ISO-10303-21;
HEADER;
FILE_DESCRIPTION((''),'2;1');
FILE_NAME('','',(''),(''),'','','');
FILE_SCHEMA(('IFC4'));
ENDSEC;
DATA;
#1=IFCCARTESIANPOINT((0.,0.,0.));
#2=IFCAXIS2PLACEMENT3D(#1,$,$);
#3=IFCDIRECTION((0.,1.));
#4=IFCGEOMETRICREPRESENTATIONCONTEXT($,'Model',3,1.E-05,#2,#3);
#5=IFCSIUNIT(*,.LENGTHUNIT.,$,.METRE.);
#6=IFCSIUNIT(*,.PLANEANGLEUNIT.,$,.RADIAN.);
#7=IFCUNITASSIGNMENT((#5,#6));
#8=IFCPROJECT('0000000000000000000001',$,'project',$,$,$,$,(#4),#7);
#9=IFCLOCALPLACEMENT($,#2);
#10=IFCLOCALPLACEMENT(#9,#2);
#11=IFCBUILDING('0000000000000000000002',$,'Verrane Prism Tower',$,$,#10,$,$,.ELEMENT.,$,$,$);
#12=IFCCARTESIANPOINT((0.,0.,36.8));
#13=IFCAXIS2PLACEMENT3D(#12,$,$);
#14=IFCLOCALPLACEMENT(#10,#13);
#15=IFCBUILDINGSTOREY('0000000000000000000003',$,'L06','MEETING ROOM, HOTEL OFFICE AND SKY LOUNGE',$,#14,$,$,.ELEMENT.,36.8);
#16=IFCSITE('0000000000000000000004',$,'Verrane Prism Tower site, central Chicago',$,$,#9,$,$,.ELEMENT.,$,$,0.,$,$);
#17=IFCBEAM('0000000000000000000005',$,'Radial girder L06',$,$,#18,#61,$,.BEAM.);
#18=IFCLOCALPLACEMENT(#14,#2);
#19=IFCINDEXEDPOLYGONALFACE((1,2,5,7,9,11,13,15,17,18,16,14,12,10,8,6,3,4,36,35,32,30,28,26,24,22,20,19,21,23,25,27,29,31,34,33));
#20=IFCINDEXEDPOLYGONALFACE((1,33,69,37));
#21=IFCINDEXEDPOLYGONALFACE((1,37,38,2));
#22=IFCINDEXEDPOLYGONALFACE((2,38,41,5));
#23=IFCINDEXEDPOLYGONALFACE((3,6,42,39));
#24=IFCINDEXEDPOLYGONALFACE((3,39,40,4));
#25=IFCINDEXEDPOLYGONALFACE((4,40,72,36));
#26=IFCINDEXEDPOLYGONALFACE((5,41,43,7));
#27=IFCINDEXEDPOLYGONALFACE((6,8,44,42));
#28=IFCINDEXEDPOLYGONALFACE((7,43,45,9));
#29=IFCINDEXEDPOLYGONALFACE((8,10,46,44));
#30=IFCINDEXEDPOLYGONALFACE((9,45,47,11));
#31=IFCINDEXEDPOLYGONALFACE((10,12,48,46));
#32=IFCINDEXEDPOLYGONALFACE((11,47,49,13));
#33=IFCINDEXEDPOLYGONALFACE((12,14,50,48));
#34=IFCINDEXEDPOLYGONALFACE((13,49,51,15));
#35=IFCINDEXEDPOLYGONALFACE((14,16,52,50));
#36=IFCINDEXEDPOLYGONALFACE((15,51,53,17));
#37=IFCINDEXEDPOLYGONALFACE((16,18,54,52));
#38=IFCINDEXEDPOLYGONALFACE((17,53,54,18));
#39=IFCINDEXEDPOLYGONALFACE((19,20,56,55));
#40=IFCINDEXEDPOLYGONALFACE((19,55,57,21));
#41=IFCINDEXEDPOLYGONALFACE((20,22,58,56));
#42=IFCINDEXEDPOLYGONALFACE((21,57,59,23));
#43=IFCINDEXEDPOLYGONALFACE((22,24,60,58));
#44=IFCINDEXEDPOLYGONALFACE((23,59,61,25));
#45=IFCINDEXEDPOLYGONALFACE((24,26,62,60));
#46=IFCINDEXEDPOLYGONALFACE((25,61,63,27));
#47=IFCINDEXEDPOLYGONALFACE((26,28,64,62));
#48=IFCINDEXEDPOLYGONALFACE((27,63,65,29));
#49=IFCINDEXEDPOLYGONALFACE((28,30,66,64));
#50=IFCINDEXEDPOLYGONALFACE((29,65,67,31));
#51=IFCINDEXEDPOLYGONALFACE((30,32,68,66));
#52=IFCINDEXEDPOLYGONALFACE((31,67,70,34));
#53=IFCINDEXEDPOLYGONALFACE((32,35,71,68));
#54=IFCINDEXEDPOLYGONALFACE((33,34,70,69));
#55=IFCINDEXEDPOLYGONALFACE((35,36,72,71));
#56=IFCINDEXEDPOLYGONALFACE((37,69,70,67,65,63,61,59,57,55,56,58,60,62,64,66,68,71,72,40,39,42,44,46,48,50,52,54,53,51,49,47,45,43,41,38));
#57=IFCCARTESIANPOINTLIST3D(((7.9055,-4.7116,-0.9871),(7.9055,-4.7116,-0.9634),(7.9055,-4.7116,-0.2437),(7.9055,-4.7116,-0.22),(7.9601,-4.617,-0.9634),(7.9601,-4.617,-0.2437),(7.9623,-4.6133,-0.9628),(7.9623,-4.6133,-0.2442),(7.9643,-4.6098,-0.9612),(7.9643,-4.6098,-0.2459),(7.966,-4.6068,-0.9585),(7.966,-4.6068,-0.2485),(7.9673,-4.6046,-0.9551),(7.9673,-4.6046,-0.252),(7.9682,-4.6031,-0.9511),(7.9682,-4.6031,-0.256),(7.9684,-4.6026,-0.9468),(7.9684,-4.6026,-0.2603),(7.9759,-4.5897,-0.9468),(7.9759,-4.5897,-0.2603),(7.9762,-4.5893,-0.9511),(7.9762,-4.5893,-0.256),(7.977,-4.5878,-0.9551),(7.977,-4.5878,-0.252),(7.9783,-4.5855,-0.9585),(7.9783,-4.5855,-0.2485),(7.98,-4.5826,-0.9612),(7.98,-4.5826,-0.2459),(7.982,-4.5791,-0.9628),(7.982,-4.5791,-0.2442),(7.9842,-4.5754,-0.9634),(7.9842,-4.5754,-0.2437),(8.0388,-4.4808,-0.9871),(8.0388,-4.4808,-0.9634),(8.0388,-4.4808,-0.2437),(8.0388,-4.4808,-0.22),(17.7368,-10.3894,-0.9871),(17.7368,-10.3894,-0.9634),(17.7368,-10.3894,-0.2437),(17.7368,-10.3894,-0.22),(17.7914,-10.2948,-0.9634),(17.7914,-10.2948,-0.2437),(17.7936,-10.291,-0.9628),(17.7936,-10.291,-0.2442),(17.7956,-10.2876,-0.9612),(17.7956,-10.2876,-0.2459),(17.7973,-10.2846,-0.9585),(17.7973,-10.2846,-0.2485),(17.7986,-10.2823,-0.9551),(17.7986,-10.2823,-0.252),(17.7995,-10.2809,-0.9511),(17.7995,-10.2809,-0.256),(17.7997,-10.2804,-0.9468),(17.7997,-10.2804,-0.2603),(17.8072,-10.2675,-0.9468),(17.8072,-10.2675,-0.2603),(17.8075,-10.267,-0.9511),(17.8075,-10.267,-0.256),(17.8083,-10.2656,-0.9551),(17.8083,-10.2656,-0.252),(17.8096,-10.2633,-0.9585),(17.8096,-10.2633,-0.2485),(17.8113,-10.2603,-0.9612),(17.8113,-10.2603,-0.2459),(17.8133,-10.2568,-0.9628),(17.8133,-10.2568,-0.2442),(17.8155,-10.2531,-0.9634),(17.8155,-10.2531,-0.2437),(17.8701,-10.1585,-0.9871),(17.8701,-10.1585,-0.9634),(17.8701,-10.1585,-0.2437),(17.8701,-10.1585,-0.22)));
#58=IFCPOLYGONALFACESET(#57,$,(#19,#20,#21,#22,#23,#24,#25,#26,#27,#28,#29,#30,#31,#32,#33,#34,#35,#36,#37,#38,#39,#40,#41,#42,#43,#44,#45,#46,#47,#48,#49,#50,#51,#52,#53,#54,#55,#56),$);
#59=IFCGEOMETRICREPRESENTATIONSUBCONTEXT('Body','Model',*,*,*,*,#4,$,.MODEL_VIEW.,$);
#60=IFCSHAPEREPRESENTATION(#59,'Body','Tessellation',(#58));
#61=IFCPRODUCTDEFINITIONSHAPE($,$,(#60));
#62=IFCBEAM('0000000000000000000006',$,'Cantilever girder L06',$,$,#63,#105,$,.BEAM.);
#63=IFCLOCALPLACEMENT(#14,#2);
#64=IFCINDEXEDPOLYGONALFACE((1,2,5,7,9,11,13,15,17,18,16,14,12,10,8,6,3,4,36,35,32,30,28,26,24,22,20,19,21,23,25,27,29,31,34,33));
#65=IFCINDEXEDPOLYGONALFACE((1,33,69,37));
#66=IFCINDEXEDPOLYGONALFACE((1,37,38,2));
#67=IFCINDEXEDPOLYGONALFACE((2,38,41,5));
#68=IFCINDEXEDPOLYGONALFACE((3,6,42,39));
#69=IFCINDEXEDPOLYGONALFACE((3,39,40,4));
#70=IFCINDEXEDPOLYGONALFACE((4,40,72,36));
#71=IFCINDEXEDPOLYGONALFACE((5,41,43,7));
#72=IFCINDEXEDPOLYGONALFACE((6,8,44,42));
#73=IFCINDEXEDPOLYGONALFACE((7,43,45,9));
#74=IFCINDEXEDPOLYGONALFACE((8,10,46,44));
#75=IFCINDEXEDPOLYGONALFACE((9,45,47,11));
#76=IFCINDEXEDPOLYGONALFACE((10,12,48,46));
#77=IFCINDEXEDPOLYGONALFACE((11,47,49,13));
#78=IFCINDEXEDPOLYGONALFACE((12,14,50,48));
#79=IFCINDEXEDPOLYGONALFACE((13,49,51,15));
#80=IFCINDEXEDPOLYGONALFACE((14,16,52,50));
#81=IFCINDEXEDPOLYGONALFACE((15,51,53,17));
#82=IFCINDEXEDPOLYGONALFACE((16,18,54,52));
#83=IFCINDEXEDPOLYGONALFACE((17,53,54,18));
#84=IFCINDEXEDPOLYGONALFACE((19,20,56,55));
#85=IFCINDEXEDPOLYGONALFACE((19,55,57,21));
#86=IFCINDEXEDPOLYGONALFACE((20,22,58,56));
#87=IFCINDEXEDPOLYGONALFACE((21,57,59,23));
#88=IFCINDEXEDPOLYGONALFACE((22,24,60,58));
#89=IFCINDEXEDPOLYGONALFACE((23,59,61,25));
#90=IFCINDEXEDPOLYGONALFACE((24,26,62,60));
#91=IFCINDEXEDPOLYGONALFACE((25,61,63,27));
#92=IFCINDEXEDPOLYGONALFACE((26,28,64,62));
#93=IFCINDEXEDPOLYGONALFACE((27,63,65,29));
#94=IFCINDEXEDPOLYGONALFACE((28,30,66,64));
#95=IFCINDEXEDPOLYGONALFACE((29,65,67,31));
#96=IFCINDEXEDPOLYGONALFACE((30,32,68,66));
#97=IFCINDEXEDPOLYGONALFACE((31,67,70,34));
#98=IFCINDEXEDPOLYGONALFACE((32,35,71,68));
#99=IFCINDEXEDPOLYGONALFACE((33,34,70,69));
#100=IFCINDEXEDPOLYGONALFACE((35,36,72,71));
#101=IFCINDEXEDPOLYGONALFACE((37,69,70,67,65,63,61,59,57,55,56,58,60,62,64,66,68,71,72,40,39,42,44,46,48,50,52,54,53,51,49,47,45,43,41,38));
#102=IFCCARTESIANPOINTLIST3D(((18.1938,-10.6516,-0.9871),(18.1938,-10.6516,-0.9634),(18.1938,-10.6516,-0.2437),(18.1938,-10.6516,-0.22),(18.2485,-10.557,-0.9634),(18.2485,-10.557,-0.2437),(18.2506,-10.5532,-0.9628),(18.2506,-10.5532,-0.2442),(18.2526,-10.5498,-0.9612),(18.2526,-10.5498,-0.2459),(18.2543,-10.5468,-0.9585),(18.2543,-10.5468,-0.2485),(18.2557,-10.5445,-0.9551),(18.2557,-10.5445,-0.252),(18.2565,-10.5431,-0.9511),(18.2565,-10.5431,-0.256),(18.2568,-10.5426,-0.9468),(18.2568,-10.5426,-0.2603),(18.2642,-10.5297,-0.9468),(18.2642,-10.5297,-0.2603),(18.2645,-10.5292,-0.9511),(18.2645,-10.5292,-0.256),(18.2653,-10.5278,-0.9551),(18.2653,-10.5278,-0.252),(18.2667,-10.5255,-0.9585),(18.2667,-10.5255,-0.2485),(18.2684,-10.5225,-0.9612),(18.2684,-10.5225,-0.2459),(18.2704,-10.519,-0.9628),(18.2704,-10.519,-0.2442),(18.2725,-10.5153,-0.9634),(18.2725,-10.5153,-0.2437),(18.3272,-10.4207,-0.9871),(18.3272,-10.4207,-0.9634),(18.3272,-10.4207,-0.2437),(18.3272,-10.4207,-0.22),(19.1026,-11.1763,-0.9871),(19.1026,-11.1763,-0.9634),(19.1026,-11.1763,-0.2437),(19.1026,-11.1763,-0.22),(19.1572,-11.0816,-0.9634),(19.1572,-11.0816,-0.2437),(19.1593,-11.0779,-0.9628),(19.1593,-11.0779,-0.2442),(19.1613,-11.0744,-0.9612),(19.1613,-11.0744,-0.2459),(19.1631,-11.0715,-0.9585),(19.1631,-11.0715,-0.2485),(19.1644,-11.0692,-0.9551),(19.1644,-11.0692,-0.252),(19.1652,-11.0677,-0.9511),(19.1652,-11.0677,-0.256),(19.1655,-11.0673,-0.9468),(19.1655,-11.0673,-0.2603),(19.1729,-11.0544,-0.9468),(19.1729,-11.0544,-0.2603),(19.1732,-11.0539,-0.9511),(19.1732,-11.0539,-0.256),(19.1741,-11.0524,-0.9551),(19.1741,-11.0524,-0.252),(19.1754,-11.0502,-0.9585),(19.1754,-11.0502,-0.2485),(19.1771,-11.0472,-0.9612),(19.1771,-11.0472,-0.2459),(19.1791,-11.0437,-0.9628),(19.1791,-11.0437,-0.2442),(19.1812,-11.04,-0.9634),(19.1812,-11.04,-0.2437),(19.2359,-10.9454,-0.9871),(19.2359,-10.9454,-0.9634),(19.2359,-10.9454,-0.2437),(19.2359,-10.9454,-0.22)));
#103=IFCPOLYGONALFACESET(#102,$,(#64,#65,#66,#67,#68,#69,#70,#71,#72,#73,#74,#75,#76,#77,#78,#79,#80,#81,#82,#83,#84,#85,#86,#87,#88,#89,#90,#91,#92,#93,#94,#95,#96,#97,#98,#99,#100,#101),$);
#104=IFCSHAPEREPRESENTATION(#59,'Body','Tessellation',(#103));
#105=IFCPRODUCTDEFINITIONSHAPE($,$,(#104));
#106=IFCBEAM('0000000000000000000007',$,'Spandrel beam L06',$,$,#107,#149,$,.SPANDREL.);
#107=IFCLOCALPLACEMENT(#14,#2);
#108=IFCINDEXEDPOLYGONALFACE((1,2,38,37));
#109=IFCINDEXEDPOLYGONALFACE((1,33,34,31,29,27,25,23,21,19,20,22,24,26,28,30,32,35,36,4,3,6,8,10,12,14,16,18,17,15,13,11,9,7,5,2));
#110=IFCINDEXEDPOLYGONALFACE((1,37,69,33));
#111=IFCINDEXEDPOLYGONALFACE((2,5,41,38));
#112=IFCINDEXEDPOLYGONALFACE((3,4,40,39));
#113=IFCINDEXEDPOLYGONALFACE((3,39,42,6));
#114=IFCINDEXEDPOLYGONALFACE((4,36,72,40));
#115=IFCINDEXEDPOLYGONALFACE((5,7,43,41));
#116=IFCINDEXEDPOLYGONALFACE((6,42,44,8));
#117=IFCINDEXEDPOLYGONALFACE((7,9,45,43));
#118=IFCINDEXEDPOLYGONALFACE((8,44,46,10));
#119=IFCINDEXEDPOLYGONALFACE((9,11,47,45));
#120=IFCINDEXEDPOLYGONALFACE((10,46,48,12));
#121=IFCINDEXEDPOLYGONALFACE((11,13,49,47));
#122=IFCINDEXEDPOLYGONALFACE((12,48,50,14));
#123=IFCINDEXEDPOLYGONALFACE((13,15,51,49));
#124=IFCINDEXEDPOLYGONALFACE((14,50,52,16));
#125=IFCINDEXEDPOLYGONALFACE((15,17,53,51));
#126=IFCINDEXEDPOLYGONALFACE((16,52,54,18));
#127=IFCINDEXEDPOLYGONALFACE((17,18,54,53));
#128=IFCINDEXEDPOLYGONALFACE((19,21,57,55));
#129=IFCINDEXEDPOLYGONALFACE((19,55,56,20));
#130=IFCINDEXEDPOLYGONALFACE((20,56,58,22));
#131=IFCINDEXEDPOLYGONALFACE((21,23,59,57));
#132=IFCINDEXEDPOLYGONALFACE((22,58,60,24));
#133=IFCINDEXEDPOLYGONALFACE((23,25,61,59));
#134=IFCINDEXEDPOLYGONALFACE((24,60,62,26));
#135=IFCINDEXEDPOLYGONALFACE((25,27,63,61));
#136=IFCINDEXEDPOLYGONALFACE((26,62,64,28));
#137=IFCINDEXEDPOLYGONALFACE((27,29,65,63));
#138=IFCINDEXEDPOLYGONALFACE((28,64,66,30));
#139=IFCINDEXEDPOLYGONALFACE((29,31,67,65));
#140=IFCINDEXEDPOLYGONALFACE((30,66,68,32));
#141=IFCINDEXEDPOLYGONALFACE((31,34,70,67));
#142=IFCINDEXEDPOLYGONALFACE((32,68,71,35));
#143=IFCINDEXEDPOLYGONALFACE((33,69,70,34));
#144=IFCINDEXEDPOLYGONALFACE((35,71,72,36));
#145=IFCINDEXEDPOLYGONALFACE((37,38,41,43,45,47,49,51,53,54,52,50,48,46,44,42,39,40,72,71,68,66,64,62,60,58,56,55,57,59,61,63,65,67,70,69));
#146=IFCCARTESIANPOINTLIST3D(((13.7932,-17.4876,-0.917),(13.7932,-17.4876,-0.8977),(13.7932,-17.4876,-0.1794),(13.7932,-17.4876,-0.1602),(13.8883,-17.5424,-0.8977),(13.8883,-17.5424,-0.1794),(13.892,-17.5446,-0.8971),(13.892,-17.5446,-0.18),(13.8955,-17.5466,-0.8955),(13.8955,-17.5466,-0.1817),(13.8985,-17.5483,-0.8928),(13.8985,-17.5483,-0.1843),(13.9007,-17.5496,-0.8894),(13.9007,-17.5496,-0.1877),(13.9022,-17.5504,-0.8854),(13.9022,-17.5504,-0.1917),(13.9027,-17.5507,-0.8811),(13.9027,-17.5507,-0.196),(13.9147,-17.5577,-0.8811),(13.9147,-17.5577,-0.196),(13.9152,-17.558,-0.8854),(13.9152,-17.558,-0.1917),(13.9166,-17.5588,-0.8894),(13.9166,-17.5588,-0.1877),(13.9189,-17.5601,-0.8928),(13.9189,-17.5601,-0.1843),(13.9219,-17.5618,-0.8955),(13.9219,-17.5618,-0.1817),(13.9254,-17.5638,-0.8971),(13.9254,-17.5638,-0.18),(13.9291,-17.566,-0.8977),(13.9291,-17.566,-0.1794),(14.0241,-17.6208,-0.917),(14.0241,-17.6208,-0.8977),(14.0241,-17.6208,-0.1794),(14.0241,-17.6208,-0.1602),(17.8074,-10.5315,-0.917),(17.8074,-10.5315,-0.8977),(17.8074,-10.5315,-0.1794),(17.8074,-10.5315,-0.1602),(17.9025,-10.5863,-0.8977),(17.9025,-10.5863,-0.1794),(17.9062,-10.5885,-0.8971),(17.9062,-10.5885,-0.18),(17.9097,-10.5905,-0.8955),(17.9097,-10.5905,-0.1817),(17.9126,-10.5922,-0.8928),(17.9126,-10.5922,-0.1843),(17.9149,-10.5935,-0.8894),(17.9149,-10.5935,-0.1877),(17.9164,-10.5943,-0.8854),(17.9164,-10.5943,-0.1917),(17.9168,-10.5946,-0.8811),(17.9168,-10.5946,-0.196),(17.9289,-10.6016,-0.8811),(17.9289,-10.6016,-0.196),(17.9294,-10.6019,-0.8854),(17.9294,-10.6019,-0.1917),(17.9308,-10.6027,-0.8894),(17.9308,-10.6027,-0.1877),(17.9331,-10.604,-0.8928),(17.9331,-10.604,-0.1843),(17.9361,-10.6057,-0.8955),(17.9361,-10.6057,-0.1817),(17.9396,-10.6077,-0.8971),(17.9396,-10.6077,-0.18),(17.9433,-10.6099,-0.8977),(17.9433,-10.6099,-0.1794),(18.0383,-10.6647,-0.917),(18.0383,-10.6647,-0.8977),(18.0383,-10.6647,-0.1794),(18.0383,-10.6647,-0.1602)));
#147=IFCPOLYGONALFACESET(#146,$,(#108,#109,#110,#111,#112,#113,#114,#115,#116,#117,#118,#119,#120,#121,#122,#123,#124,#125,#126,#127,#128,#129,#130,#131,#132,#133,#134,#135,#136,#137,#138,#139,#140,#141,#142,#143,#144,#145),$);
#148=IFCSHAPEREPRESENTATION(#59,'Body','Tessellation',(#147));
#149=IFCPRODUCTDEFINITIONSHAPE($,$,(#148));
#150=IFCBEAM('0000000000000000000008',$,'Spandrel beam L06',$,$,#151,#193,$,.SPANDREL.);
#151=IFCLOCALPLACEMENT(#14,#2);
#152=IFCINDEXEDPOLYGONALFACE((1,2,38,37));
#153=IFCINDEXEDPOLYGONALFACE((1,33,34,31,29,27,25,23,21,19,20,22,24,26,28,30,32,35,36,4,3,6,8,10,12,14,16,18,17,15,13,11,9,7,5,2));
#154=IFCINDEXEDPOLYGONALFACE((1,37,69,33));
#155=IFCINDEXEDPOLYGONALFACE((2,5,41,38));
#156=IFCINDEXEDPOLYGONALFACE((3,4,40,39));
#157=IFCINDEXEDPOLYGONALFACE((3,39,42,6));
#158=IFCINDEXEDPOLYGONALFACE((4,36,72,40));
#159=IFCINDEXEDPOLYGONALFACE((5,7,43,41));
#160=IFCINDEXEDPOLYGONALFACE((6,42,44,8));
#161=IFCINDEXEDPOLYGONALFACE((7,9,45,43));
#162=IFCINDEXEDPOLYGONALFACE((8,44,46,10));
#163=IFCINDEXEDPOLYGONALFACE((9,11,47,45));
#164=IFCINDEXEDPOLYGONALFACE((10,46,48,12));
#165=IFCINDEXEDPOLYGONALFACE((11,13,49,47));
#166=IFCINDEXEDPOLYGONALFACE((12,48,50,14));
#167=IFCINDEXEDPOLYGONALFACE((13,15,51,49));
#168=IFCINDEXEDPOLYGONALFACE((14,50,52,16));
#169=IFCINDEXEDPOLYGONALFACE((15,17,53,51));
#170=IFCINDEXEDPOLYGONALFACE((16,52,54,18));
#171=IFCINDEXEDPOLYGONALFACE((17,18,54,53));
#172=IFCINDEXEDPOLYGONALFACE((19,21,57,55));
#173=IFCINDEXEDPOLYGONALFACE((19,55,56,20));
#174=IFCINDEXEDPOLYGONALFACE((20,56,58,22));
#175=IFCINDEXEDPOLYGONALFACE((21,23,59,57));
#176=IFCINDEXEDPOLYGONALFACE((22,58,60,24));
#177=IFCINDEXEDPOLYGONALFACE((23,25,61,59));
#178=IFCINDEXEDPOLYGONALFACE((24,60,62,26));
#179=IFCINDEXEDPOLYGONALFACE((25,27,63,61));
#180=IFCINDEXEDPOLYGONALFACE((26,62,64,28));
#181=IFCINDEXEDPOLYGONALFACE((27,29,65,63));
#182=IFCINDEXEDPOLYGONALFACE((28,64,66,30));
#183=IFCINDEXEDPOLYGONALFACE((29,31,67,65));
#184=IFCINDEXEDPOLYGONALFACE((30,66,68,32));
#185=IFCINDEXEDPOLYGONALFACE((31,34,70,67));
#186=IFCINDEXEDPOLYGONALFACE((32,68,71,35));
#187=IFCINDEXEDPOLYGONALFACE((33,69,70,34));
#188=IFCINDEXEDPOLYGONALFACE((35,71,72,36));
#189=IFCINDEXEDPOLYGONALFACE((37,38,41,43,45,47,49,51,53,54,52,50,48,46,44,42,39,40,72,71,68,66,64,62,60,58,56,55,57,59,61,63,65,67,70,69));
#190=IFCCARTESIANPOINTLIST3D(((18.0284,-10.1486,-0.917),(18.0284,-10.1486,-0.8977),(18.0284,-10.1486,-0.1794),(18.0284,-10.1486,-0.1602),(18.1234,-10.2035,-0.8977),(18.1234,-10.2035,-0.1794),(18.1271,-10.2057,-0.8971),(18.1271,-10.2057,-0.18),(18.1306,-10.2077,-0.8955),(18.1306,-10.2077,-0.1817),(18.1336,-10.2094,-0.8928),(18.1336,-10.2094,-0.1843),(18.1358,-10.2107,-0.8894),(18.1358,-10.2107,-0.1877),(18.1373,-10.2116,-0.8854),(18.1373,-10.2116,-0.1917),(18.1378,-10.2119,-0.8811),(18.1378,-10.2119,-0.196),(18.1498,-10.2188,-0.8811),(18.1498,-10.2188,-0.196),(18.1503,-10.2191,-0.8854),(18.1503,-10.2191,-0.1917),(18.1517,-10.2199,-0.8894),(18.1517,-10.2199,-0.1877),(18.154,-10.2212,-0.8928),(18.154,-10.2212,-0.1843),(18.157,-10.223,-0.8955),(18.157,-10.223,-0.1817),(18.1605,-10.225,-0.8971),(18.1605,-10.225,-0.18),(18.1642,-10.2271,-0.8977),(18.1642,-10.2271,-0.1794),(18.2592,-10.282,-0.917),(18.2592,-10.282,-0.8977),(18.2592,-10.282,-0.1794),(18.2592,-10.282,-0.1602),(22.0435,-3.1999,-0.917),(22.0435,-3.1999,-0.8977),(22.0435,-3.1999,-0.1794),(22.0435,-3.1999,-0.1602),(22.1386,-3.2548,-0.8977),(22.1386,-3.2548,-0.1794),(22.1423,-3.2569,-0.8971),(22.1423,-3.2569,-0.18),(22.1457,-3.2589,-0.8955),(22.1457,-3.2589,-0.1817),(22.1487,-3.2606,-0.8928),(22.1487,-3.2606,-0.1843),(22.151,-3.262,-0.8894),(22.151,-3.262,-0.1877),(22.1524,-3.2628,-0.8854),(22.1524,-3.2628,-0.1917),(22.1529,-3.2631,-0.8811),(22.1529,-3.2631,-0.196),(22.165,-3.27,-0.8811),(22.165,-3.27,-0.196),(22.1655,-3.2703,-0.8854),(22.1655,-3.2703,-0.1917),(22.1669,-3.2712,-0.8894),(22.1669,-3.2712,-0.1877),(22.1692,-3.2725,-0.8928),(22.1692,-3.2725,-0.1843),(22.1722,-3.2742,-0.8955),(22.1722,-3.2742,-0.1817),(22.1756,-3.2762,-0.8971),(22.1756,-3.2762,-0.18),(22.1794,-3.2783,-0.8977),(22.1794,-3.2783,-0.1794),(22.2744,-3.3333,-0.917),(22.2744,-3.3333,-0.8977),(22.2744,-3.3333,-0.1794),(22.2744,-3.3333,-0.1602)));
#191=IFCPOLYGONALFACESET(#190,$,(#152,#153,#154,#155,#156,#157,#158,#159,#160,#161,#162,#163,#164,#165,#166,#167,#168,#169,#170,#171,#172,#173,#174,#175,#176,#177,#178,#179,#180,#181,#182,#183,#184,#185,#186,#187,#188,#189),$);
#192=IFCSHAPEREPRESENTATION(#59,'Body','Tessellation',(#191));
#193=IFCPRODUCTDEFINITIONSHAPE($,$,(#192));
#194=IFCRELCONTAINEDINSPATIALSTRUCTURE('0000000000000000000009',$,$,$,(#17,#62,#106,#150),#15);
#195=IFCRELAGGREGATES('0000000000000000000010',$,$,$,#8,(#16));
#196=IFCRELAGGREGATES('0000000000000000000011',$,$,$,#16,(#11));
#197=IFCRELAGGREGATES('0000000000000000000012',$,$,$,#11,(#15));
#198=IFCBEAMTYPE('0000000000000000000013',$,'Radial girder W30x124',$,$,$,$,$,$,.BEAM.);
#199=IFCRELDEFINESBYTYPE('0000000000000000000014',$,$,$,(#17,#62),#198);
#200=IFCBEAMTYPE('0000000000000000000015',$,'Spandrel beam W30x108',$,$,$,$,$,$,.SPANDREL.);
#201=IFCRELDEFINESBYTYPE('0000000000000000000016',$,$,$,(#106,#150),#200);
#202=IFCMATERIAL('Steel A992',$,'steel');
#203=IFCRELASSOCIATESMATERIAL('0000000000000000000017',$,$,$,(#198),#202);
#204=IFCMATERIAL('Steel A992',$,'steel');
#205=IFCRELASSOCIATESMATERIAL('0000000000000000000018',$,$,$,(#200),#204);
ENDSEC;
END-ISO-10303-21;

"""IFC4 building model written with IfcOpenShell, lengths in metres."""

from ifc_helpers import new_model, si_unit, direction, frame, origin, origin_2d, place, context, subcontext, project, spatial, i_section, extrude, material, material_profile, profile_set, type_object, element, save


model = new_model("IFC4")

# Units and contexts
model_context = context("Model", 3, precision=1e-05, world=origin(), true_north=direction((0.0, 1.0)))
body_context = subcontext(model_context, "Body", "Model", "MODEL_VIEW")
ifc_project = project(units=[si_unit("LENGTHUNIT", "METRE"), si_unit("PLANEANGLEUNIT", "RADIAN")], contexts=[model_context])

# Site, building, storey
site_placement = place(None, origin())
site = spatial("IfcSite", under=ifc_project, at=site_placement, Name="Verrane Prism Tower site, central Chicago", CompositionType="ELEMENT", RefElevation=0.0)
building_placement = place(site_placement, origin())
building = spatial("IfcBuilding", under=site, at=building_placement, Name="Verrane Prism Tower", CompositionType="ELEMENT")
storey_placement = place(building_placement, frame((0.0, 0.0, 36.8)))
storey = spatial("IfcBuildingStorey", under=building, at=storey_placement, Name="L06", Description="MEETING ROOM, HOTEL OFFICE AND SKY LOUNGE", CompositionType="ELEMENT", Elevation=36.8)

# Beams
ifc_material_1 = material(Name="Steel A992", Category="steel")
ifc_material_profile_1 = material_profile(ifc_material_1, i_section(OverallWidth=0.2666, OverallDepth=0.7671, WebThickness=0.0149, FlangeThickness=0.0237, FilletRadius=0.0166, at=origin_2d()), Name="W30x124")
ifc_profile_set_1 = profile_set([ifc_material_profile_1], Name="Steel A992")
beam_type_1 = type_object("IfcBeamType", Name="Radial girder W30x124", PredefinedType="BEAM", material=ifc_profile_set_1)
beam_1_placement = place(storey_placement, frame((17.8035, -10.2739, -0.6035), z_axis=(-0.865963, 0.500108, 0.0), x_axis=(-0.500108, -0.865963, 0.0)))
element("IfcBeam", 1, at=beam_1_placement, inside=storey, type_object=beam_type_1, Name="Radial girder L06", PredefinedType="BEAM", context=body_context, shape_type="SweptSolid", body=[
    extrude(i_section(OverallWidth=0.2666, OverallDepth=0.7671, WebThickness=0.0149, FlangeThickness=0.0237, FilletRadius=0.0166, at=origin_2d()), origin(), (0.0, 0.0, 1.0), 11.353),
])
beam_2_placement = place(storey_placement, frame((18.2605, -10.5361, -0.6035), z_axis=(0.866015, -0.500018, 0.0), x_axis=(0.500018, 0.866015, 0.0)))
element("IfcBeam", 2, at=beam_2_placement, inside=storey, type_object=beam_type_1, Name="Cantilever girder L06", PredefinedType="BEAM", context=body_context, shape_type="SweptSolid", body=[
    extrude(i_section(OverallWidth=0.2666, OverallDepth=0.7671, WebThickness=0.0149, FlangeThickness=0.0237, FilletRadius=0.0166, at=origin_2d()), origin(), (0.0, 0.0, 1.0), 1.0493),
])
ifc_material_2 = material(Name="Steel A992", Category="steel")
ifc_material_profile_2 = material_profile(ifc_material_2, i_section(OverallWidth=0.2666, OverallDepth=0.7568, WebThickness=0.0139, FlangeThickness=0.0193, FilletRadius=0.0166, at=origin_2d()), Name="W30x108")
ifc_profile_set_2 = profile_set([ifc_material_profile_2], Name="Steel A992")
beam_type_2 = type_object("IfcBeamType", Name="Spandrel beam W30x108", PredefinedType="SPANDREL", material=ifc_profile_set_2)
beam_3_placement = place(storey_placement, frame((13.9087, -17.5542, -0.5386), z_axis=(0.499821, 0.866129, 0.0), x_axis=(-0.866129, 0.499821, 0.0)))
element("IfcBeam", 3, at=beam_3_placement, inside=storey, type_object=beam_type_2, Name="Spandrel beam L06", PredefinedType="SPANDREL", context=body_context, shape_type="SweptSolid", body=[
    extrude(i_section(OverallWidth=0.2666, OverallDepth=0.7568, WebThickness=0.0139, FlangeThickness=0.0193, FilletRadius=0.0166, at=origin_2d()), origin(), (0.0, 0.0, 1.0), 8.0312),
])
beam_4_placement = place(storey_placement, frame((18.1438, -10.2153, -0.5386), z_axis=(0.500307, 0.865848, 0.0), x_axis=(-0.865848, 0.500307, 0.0)))
element("IfcBeam", 4, at=beam_4_placement, inside=storey, type_object=beam_type_2, Name="Spandrel beam L06", PredefinedType="SPANDREL", context=body_context, shape_type="SweptSolid", body=[
    extrude(i_section(OverallWidth=0.2666, OverallDepth=0.7568, WebThickness=0.0139, FlangeThickness=0.0193, FilletRadius=0.0166, at=origin_2d()), origin(), (0.0, 0.0, 1.0), 8.0254),
])

save(model, "model.ifc")
